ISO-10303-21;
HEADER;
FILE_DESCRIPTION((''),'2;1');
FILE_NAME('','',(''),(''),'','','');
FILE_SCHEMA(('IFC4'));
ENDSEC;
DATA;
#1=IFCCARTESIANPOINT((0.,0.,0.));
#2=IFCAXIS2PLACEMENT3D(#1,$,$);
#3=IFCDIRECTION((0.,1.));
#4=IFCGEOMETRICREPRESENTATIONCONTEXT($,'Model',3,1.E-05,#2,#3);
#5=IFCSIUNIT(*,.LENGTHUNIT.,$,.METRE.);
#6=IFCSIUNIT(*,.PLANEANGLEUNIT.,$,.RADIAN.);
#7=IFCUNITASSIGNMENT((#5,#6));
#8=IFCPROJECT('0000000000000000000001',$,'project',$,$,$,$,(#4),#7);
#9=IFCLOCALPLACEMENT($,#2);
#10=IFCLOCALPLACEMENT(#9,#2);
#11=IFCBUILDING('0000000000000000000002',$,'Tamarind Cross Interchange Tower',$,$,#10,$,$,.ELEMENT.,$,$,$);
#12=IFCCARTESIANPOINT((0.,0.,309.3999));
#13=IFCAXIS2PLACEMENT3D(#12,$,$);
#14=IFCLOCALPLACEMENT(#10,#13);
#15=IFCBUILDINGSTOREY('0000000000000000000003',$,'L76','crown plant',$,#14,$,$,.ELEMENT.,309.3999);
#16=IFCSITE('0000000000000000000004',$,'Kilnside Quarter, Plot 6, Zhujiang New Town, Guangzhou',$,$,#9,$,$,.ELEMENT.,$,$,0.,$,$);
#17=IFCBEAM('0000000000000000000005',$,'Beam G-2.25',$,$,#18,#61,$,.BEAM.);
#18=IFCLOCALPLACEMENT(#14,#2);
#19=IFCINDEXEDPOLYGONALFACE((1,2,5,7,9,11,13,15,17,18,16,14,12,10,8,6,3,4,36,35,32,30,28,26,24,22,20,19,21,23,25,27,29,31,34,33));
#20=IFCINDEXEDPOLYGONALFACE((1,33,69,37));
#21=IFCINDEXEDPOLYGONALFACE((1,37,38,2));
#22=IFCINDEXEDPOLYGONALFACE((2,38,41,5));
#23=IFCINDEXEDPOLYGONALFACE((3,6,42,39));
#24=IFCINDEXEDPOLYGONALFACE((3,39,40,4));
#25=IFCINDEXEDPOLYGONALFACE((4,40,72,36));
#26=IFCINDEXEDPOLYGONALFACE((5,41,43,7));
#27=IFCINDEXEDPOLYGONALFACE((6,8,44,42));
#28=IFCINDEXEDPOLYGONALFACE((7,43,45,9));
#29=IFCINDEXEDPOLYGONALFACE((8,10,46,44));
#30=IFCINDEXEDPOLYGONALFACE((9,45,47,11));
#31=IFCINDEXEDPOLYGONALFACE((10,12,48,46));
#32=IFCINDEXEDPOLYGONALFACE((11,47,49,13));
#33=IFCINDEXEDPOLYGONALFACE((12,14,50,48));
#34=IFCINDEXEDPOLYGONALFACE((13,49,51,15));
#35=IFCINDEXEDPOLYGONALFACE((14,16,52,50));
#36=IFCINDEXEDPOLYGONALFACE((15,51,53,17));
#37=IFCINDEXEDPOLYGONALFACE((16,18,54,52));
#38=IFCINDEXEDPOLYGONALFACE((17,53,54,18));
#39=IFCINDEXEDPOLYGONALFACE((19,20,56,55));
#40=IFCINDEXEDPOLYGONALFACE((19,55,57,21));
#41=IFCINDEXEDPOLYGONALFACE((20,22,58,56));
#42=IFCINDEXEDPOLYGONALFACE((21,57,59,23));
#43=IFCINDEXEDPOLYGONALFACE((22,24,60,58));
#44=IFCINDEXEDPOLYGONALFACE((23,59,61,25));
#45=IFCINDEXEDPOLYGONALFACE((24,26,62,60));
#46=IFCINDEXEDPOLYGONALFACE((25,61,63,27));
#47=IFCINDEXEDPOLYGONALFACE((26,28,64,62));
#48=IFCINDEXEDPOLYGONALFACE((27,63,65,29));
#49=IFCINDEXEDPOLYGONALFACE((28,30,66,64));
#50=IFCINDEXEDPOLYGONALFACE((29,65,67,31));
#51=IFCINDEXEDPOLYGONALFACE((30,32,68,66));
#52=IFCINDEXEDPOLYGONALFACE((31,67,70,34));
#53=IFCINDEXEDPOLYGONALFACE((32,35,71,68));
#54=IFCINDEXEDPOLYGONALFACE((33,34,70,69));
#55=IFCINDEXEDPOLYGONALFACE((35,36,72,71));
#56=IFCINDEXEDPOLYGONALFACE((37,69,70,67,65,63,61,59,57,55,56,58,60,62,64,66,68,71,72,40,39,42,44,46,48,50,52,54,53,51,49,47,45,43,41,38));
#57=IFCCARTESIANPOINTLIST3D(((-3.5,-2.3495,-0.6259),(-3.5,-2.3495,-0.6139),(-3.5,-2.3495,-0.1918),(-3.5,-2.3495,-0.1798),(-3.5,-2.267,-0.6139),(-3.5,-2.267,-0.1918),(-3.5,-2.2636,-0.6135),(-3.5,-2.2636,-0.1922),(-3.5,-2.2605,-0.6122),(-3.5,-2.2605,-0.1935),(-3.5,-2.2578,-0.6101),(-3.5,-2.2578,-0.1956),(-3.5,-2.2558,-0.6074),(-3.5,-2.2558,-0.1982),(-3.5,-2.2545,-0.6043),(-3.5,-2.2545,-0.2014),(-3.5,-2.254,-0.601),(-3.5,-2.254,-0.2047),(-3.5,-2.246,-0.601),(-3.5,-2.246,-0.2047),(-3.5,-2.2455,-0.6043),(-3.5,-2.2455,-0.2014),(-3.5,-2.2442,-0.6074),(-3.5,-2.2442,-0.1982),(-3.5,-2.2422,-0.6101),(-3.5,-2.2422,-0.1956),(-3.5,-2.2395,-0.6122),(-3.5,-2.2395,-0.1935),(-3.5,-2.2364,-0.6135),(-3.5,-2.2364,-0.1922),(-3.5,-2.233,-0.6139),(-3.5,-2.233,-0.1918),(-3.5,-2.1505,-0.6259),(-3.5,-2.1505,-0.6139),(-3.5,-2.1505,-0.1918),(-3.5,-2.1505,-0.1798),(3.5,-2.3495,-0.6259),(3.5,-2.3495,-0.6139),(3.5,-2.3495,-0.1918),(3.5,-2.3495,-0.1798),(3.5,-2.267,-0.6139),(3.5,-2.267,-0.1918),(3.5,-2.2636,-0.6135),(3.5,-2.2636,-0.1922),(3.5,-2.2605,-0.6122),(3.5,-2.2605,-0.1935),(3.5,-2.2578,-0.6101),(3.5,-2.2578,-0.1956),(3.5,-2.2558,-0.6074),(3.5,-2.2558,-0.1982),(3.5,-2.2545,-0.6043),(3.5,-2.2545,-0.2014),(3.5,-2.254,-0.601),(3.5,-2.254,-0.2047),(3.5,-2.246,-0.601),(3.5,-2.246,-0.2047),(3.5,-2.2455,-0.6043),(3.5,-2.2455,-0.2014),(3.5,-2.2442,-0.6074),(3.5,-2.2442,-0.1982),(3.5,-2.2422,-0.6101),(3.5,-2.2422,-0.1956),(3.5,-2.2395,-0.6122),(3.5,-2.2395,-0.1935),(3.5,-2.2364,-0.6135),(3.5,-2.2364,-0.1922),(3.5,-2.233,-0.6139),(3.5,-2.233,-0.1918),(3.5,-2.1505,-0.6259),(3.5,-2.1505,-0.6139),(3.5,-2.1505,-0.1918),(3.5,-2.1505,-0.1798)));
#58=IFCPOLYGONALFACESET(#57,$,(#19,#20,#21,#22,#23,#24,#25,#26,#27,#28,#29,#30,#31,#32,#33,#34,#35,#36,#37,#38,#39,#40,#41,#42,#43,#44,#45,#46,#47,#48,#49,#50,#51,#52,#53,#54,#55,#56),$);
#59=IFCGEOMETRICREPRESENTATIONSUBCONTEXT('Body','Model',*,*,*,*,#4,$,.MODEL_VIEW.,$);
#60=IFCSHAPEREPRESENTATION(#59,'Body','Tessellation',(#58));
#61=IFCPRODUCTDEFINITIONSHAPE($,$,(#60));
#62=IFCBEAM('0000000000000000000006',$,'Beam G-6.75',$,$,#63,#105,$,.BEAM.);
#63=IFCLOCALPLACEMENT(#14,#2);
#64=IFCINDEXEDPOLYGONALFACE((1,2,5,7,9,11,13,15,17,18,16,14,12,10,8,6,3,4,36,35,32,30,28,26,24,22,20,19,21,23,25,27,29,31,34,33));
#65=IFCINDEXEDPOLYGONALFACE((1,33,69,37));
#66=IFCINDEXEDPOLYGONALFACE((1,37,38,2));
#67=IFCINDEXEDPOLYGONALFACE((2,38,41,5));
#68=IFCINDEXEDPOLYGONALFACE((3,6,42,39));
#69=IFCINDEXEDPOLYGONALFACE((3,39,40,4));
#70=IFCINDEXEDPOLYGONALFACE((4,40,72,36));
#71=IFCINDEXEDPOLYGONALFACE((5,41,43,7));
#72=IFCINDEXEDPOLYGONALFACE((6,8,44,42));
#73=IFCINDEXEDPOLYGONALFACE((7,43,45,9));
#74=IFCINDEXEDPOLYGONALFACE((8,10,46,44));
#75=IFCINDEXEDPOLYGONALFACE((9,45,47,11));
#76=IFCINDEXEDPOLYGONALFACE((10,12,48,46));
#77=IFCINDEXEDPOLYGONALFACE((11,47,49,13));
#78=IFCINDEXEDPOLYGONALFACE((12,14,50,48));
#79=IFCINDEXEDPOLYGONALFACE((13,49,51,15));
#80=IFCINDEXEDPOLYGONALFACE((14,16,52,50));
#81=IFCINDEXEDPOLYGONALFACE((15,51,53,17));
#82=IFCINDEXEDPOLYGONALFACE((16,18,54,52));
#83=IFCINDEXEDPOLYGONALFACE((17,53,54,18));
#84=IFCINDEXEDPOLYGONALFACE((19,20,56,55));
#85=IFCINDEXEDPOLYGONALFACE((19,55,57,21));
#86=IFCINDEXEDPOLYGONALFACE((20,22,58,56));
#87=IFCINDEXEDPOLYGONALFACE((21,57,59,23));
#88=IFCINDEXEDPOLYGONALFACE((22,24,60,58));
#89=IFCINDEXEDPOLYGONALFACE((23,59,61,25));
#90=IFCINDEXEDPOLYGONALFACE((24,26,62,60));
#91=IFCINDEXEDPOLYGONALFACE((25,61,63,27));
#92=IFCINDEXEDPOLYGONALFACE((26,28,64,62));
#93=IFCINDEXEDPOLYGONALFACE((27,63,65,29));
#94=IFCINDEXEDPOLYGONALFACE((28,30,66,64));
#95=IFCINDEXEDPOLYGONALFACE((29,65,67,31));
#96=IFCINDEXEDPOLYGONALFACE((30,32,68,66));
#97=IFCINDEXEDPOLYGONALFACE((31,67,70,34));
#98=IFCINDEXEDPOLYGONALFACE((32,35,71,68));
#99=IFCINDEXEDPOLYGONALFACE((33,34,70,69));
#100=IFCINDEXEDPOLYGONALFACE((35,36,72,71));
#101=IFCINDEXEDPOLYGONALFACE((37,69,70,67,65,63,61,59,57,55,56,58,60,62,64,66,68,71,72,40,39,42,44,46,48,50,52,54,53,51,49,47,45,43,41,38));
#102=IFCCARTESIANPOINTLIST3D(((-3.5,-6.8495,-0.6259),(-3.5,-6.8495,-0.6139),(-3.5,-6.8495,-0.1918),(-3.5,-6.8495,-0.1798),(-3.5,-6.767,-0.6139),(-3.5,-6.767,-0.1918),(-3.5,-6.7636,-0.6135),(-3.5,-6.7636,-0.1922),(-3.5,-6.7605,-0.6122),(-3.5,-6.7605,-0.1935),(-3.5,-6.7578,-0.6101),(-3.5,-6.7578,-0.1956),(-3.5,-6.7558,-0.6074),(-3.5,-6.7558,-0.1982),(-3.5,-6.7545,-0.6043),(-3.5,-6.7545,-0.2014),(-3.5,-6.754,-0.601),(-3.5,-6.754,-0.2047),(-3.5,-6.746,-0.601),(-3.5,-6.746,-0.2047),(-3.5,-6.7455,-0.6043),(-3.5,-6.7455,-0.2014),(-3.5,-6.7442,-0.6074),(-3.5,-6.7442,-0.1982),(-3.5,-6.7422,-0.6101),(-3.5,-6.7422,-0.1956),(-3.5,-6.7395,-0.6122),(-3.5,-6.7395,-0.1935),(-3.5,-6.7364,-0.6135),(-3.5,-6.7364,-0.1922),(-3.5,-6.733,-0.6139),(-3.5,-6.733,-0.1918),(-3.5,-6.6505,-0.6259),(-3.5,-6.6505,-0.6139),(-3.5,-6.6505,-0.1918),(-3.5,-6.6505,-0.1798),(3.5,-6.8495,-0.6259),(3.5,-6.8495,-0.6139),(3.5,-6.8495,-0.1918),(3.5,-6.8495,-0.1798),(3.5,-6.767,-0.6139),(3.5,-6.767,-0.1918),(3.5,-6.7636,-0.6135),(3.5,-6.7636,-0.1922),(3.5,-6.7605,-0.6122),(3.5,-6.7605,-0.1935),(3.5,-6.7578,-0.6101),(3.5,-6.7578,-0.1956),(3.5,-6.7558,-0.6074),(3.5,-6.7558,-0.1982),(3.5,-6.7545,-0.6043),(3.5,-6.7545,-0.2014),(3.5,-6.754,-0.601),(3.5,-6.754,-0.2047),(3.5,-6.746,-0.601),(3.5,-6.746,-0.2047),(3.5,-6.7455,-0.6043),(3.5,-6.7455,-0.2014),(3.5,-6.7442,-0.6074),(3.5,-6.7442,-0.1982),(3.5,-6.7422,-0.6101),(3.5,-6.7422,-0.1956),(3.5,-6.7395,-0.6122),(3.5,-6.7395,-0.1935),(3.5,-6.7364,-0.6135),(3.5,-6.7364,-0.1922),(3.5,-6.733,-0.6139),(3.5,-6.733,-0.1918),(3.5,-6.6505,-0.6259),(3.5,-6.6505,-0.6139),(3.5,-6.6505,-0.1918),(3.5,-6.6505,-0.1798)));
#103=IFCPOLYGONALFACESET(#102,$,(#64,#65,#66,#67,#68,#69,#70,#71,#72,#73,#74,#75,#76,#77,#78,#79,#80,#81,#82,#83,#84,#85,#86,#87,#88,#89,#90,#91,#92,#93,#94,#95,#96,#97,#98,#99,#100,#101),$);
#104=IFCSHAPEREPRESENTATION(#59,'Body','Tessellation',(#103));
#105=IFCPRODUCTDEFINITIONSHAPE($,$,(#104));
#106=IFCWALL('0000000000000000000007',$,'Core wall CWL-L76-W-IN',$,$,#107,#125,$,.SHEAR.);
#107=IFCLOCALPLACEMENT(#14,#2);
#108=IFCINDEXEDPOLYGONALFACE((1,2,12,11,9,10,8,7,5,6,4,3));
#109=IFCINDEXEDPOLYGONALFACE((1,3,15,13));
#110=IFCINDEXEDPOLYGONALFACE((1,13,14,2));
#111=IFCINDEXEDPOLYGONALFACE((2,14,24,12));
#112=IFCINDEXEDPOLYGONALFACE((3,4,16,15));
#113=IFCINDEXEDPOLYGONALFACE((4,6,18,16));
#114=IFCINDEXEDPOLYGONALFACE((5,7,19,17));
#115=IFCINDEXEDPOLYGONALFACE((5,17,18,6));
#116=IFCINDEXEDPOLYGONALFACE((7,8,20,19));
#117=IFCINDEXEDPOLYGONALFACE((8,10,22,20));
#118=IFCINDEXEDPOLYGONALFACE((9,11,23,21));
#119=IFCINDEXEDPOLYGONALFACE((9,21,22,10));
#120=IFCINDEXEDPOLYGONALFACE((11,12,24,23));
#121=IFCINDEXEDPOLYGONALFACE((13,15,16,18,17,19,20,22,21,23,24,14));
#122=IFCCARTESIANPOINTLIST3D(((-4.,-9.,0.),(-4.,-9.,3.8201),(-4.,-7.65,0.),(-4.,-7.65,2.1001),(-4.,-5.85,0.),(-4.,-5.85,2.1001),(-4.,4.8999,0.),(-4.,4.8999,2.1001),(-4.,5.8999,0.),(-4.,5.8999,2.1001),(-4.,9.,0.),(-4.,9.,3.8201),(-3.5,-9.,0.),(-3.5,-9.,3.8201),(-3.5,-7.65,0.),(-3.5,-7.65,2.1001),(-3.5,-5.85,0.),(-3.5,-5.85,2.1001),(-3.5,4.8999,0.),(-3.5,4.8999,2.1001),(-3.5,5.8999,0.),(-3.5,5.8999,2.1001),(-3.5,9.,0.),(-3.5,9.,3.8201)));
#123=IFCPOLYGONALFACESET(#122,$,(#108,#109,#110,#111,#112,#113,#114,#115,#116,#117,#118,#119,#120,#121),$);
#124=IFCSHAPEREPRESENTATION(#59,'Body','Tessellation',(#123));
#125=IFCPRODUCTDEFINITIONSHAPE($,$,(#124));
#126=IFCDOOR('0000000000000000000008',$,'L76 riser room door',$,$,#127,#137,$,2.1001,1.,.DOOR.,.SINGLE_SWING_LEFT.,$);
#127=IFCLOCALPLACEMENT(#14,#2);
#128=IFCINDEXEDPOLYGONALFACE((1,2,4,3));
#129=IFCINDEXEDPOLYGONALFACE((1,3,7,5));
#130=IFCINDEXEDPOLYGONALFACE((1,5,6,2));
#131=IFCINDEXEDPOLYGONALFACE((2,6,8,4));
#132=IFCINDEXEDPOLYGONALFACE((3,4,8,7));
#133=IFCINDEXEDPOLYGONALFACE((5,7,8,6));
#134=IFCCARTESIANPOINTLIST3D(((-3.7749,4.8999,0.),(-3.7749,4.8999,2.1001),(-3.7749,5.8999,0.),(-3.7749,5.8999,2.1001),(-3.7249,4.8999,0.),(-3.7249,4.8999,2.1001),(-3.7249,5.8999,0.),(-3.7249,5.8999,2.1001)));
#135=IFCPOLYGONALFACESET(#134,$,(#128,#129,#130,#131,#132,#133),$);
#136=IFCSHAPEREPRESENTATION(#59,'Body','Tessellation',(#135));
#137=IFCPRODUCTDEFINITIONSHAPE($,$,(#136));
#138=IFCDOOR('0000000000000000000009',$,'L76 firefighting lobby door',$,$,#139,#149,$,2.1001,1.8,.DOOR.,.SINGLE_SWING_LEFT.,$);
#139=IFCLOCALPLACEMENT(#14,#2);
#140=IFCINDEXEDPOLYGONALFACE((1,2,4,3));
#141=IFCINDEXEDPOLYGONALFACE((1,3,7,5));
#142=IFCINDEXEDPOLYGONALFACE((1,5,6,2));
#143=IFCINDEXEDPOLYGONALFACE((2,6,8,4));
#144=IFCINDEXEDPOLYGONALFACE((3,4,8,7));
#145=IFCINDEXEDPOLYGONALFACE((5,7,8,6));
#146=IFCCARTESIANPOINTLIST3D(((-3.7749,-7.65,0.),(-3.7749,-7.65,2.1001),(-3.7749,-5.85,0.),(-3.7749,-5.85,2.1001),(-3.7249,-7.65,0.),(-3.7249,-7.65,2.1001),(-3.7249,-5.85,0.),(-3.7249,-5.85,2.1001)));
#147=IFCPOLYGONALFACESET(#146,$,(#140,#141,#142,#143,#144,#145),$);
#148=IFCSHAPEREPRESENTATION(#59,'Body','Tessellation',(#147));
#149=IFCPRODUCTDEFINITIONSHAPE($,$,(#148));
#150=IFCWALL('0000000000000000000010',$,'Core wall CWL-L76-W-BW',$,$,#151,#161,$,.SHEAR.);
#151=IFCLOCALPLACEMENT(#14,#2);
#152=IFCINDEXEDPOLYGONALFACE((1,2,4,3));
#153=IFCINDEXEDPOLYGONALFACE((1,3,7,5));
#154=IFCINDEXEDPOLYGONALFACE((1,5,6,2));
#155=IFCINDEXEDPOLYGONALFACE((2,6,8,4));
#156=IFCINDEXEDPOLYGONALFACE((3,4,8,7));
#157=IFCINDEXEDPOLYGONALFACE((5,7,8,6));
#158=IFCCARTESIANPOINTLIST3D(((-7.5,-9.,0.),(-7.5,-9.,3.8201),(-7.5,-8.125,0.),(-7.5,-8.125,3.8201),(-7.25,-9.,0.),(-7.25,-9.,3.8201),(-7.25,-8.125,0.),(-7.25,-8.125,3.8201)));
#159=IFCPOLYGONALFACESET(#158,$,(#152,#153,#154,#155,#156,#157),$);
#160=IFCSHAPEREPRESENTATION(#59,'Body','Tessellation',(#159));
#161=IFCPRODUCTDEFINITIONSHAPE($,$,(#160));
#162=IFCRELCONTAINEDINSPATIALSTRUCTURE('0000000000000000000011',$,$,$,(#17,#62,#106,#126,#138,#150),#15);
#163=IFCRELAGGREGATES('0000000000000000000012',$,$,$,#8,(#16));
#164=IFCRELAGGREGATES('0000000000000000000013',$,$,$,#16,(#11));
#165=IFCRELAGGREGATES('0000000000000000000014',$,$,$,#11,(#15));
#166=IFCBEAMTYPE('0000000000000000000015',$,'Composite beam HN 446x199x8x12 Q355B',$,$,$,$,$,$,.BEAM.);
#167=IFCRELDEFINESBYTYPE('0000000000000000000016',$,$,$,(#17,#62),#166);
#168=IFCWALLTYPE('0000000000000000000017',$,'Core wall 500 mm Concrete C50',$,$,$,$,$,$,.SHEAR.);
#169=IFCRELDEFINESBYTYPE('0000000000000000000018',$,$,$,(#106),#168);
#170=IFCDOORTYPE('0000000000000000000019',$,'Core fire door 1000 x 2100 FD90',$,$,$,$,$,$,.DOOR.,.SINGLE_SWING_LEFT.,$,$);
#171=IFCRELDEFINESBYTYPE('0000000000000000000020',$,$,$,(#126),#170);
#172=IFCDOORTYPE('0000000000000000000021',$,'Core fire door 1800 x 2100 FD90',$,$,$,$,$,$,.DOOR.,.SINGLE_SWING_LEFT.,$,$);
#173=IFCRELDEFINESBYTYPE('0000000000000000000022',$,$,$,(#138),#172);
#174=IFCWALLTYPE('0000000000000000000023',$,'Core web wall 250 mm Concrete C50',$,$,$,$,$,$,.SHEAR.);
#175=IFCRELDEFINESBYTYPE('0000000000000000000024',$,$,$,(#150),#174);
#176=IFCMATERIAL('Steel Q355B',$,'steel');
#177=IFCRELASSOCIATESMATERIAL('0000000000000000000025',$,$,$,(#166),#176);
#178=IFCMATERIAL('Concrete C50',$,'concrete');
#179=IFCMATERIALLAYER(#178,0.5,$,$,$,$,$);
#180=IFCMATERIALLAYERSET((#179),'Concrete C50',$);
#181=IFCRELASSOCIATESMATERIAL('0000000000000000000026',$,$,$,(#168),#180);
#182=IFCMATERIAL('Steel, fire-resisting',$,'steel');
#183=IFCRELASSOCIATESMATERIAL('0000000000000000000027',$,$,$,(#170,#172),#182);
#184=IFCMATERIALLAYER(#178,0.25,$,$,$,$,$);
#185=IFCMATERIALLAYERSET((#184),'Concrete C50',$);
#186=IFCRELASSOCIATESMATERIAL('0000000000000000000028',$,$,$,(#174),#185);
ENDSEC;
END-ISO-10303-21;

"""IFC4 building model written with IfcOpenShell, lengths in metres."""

from ifc_helpers import new_model, si_unit, direction, frame, frame_2d, origin, origin_2d, place, context, subcontext, project, spatial, rectangle, i_section, extrude, material, layer, layer_set, material_profile, profile_set, type_object, element, fill, save


model = new_model("IFC4")

# Units and contexts
model_context = context("Model", 3, precision=1e-05, world=origin(), true_north=direction((0.0, 1.0)))
body_context = subcontext(model_context, "Body", "Model", "MODEL_VIEW")
ifc_project = project(units=[si_unit("LENGTHUNIT", "METRE"), si_unit("PLANEANGLEUNIT", "RADIAN")], contexts=[model_context])

# Site, building, storey
site_placement = place(None, origin())
site = spatial("IfcSite", under=ifc_project, at=site_placement, Name="Kilnside Quarter, Plot 6, Zhujiang New Town, Guangzhou", CompositionType="ELEMENT", RefElevation=0.0)
building_placement = place(site_placement, origin())
building = spatial("IfcBuilding", under=site, at=building_placement, Name="Tamarind Cross Interchange Tower", CompositionType="ELEMENT")
storey_placement = place(building_placement, frame((0.0, 0.0, 309.3999)))
storey = spatial("IfcBuildingStorey", under=building, at=storey_placement, Name="L76", Description="crown plant", CompositionType="ELEMENT", Elevation=309.3999)

# Beams
ifc_material_1 = material(Name="Steel Q355B", Category="steel")
ifc_material_profile = material_profile(ifc_material_1, i_section(OverallWidth=0.199, OverallDepth=0.446, WebThickness=0.0081, FlangeThickness=0.012, FilletRadius=0.0129, at=origin_2d()), Name="HN 446x199x8x12")
ifc_profile_set = profile_set([ifc_material_profile], Name="Steel Q355B")
beam_type = type_object("IfcBeamType", Name="Composite beam HN 446x199x8x12 Q355B", PredefinedType="BEAM", material=ifc_profile_set)
for number, where, z_axis, x_axis, name in (
    (1, (-3.5, -2.25, -0.4028), (1.0, 0.0, 0.0), (0.0, 1.0, 0.0), "Beam G-2.25"),
    (2, (-3.5, -6.75, -0.4028), (1.0, 0.0, 0.0), (0.0, 1.0, 0.0), "Beam G-6.75"),
):
    element("IfcBeam", number, at=place(storey_placement, frame(where, z_axis=z_axis, x_axis=x_axis)), inside=storey, type_object=beam_type, Name=name, PredefinedType="BEAM", context=body_context, shape_type="SweptSolid", body=[
        extrude(i_section(OverallWidth=0.199, OverallDepth=0.446, WebThickness=0.0081, FlangeThickness=0.012, FilletRadius=0.0129, at=origin_2d()), origin(), (0.0, 0.0, 1.0), 7.0),
    ])

# Wall, openings, doors
ifc_material_2 = material(Name="Concrete C50", Category="concrete")
ifc_layer_1 = layer(ifc_material_2, 0.5)
ifc_layer_set_1 = layer_set([ifc_layer_1], Name="Concrete C50")
wall_type_1 = type_object("IfcWallType", Name="Core wall 500 mm Concrete C50", PredefinedType="SHEAR", material=ifc_layer_set_1)
wall_1_placement = place(storey_placement, frame((-3.75, -9.0, 0.0), z_axis=(0.0, 0.0, 1.0), x_axis=(0.0, 1.0, 0.0)))
wall_1 = element("IfcWall", 3, at=wall_1_placement, inside=storey, type_object=wall_type_1, Name="Core wall CWL-L76-W-IN", PredefinedType="SHEAR", context=body_context, shape_type="SweptSolid", body=[
    extrude(rectangle(XDim=18.0, YDim=0.5, at=frame_2d((9.0, 0.0))), origin(), (0.0, 0.0, 1.0), 3.8201),
])
opening_1_placement = place(wall_1_placement, frame((1.3501, 0.0, 0.0)))
opening_1 = element("IfcOpeningElement", 4, at=opening_1_placement, cuts=wall_1, PredefinedType="OPENING", context=body_context, shape_type="SweptSolid", body=[
    extrude(rectangle(XDim=1.8, YDim=2.1001, at=frame_2d((0.8999, 1.05))), frame((0.0, 0.26, 0.0), z_axis=(0.0, -1.0, 0.0), x_axis=(1.0, 0.0, 0.0)), (0.0, 0.0, 1.0), 0.52),
])
opening_2_placement = place(wall_1_placement, frame((13.8999, 0.0, 0.0)))
opening_2 = element("IfcOpeningElement", 5, at=opening_2_placement, cuts=wall_1, PredefinedType="OPENING", context=body_context, shape_type="SweptSolid", body=[
    extrude(rectangle(XDim=1.0, YDim=2.1001, at=frame_2d((0.5, 1.05))), frame((0.0, 0.26, 0.0), z_axis=(0.0, -1.0, 0.0), x_axis=(1.0, 0.0, 0.0)), (0.0, 0.0, 1.0), 0.52),
])
ifc_material_3 = material(Name="Steel, fire-resisting", Category="steel")
door_type_1 = type_object("IfcDoorType", Name="Core fire door 1000 x 2100 FD90", OperationType="SINGLE_SWING_LEFT", PredefinedType="DOOR", material=ifc_material_3)
door_1_placement = place(opening_2_placement, origin())
door_1 = element("IfcDoor", 6, at=door_1_placement, inside=storey, type_object=door_type_1, Name="L76 riser room door", OperationType="SINGLE_SWING_LEFT", OverallHeight=2.1001, OverallWidth=1.0, PredefinedType="DOOR", context=body_context, shape_type="SweptSolid", body=[
    extrude(rectangle(XDim=1.0, YDim=2.1001, at=frame_2d((0.5, 1.05))), frame((0.0, 0.0249, 0.0), z_axis=(0.0, -1.0, 0.0), x_axis=(1.0, 0.0, 0.0)), (0.0, 0.0, 1.0), 0.05),
])
fill(opening_2, door_1)
door_type_2 = type_object("IfcDoorType", Name="Core fire door 1800 x 2100 FD90", OperationType="SINGLE_SWING_LEFT", PredefinedType="DOOR", material=ifc_material_3)
door_2_placement = place(opening_1_placement, origin())
door_2 = element("IfcDoor", 7, at=door_2_placement, inside=storey, type_object=door_type_2, Name="L76 firefighting lobby door", OperationType="SINGLE_SWING_LEFT", OverallHeight=2.1001, OverallWidth=1.8, PredefinedType="DOOR", context=body_context, shape_type="SweptSolid", body=[
    extrude(rectangle(XDim=1.8, YDim=2.1001, at=frame_2d((0.8999, 1.05))), frame((0.0, 0.0249, 0.0), z_axis=(0.0, -1.0, 0.0), x_axis=(1.0, 0.0, 0.0)), (0.0, 0.0, 1.0), 0.05),
])
fill(opening_1, door_2)

# Wall
ifc_layer_2 = layer(ifc_material_2, 0.25)
ifc_layer_set_2 = layer_set([ifc_layer_2], Name="Concrete C50")
wall_type_2 = type_object("IfcWallType", Name="Core web wall 250 mm Concrete C50", PredefinedType="SHEAR", material=ifc_layer_set_2)
wall_2_placement = place(storey_placement, frame((-7.375, -9.0, 0.0), z_axis=(0.0, 0.0, 1.0), x_axis=(0.0, 1.0, 0.0)))
element("IfcWall", 8, at=wall_2_placement, inside=storey, type_object=wall_type_2, Name="Core wall CWL-L76-W-BW", PredefinedType="SHEAR", context=body_context, shape_type="SweptSolid", body=[
    extrude(rectangle(XDim=0.875, YDim=0.25, at=frame_2d((0.4375, 0.0))), origin(), (0.0, 0.0, 1.0), 3.8201),
])

save(model, "model.ifc")
